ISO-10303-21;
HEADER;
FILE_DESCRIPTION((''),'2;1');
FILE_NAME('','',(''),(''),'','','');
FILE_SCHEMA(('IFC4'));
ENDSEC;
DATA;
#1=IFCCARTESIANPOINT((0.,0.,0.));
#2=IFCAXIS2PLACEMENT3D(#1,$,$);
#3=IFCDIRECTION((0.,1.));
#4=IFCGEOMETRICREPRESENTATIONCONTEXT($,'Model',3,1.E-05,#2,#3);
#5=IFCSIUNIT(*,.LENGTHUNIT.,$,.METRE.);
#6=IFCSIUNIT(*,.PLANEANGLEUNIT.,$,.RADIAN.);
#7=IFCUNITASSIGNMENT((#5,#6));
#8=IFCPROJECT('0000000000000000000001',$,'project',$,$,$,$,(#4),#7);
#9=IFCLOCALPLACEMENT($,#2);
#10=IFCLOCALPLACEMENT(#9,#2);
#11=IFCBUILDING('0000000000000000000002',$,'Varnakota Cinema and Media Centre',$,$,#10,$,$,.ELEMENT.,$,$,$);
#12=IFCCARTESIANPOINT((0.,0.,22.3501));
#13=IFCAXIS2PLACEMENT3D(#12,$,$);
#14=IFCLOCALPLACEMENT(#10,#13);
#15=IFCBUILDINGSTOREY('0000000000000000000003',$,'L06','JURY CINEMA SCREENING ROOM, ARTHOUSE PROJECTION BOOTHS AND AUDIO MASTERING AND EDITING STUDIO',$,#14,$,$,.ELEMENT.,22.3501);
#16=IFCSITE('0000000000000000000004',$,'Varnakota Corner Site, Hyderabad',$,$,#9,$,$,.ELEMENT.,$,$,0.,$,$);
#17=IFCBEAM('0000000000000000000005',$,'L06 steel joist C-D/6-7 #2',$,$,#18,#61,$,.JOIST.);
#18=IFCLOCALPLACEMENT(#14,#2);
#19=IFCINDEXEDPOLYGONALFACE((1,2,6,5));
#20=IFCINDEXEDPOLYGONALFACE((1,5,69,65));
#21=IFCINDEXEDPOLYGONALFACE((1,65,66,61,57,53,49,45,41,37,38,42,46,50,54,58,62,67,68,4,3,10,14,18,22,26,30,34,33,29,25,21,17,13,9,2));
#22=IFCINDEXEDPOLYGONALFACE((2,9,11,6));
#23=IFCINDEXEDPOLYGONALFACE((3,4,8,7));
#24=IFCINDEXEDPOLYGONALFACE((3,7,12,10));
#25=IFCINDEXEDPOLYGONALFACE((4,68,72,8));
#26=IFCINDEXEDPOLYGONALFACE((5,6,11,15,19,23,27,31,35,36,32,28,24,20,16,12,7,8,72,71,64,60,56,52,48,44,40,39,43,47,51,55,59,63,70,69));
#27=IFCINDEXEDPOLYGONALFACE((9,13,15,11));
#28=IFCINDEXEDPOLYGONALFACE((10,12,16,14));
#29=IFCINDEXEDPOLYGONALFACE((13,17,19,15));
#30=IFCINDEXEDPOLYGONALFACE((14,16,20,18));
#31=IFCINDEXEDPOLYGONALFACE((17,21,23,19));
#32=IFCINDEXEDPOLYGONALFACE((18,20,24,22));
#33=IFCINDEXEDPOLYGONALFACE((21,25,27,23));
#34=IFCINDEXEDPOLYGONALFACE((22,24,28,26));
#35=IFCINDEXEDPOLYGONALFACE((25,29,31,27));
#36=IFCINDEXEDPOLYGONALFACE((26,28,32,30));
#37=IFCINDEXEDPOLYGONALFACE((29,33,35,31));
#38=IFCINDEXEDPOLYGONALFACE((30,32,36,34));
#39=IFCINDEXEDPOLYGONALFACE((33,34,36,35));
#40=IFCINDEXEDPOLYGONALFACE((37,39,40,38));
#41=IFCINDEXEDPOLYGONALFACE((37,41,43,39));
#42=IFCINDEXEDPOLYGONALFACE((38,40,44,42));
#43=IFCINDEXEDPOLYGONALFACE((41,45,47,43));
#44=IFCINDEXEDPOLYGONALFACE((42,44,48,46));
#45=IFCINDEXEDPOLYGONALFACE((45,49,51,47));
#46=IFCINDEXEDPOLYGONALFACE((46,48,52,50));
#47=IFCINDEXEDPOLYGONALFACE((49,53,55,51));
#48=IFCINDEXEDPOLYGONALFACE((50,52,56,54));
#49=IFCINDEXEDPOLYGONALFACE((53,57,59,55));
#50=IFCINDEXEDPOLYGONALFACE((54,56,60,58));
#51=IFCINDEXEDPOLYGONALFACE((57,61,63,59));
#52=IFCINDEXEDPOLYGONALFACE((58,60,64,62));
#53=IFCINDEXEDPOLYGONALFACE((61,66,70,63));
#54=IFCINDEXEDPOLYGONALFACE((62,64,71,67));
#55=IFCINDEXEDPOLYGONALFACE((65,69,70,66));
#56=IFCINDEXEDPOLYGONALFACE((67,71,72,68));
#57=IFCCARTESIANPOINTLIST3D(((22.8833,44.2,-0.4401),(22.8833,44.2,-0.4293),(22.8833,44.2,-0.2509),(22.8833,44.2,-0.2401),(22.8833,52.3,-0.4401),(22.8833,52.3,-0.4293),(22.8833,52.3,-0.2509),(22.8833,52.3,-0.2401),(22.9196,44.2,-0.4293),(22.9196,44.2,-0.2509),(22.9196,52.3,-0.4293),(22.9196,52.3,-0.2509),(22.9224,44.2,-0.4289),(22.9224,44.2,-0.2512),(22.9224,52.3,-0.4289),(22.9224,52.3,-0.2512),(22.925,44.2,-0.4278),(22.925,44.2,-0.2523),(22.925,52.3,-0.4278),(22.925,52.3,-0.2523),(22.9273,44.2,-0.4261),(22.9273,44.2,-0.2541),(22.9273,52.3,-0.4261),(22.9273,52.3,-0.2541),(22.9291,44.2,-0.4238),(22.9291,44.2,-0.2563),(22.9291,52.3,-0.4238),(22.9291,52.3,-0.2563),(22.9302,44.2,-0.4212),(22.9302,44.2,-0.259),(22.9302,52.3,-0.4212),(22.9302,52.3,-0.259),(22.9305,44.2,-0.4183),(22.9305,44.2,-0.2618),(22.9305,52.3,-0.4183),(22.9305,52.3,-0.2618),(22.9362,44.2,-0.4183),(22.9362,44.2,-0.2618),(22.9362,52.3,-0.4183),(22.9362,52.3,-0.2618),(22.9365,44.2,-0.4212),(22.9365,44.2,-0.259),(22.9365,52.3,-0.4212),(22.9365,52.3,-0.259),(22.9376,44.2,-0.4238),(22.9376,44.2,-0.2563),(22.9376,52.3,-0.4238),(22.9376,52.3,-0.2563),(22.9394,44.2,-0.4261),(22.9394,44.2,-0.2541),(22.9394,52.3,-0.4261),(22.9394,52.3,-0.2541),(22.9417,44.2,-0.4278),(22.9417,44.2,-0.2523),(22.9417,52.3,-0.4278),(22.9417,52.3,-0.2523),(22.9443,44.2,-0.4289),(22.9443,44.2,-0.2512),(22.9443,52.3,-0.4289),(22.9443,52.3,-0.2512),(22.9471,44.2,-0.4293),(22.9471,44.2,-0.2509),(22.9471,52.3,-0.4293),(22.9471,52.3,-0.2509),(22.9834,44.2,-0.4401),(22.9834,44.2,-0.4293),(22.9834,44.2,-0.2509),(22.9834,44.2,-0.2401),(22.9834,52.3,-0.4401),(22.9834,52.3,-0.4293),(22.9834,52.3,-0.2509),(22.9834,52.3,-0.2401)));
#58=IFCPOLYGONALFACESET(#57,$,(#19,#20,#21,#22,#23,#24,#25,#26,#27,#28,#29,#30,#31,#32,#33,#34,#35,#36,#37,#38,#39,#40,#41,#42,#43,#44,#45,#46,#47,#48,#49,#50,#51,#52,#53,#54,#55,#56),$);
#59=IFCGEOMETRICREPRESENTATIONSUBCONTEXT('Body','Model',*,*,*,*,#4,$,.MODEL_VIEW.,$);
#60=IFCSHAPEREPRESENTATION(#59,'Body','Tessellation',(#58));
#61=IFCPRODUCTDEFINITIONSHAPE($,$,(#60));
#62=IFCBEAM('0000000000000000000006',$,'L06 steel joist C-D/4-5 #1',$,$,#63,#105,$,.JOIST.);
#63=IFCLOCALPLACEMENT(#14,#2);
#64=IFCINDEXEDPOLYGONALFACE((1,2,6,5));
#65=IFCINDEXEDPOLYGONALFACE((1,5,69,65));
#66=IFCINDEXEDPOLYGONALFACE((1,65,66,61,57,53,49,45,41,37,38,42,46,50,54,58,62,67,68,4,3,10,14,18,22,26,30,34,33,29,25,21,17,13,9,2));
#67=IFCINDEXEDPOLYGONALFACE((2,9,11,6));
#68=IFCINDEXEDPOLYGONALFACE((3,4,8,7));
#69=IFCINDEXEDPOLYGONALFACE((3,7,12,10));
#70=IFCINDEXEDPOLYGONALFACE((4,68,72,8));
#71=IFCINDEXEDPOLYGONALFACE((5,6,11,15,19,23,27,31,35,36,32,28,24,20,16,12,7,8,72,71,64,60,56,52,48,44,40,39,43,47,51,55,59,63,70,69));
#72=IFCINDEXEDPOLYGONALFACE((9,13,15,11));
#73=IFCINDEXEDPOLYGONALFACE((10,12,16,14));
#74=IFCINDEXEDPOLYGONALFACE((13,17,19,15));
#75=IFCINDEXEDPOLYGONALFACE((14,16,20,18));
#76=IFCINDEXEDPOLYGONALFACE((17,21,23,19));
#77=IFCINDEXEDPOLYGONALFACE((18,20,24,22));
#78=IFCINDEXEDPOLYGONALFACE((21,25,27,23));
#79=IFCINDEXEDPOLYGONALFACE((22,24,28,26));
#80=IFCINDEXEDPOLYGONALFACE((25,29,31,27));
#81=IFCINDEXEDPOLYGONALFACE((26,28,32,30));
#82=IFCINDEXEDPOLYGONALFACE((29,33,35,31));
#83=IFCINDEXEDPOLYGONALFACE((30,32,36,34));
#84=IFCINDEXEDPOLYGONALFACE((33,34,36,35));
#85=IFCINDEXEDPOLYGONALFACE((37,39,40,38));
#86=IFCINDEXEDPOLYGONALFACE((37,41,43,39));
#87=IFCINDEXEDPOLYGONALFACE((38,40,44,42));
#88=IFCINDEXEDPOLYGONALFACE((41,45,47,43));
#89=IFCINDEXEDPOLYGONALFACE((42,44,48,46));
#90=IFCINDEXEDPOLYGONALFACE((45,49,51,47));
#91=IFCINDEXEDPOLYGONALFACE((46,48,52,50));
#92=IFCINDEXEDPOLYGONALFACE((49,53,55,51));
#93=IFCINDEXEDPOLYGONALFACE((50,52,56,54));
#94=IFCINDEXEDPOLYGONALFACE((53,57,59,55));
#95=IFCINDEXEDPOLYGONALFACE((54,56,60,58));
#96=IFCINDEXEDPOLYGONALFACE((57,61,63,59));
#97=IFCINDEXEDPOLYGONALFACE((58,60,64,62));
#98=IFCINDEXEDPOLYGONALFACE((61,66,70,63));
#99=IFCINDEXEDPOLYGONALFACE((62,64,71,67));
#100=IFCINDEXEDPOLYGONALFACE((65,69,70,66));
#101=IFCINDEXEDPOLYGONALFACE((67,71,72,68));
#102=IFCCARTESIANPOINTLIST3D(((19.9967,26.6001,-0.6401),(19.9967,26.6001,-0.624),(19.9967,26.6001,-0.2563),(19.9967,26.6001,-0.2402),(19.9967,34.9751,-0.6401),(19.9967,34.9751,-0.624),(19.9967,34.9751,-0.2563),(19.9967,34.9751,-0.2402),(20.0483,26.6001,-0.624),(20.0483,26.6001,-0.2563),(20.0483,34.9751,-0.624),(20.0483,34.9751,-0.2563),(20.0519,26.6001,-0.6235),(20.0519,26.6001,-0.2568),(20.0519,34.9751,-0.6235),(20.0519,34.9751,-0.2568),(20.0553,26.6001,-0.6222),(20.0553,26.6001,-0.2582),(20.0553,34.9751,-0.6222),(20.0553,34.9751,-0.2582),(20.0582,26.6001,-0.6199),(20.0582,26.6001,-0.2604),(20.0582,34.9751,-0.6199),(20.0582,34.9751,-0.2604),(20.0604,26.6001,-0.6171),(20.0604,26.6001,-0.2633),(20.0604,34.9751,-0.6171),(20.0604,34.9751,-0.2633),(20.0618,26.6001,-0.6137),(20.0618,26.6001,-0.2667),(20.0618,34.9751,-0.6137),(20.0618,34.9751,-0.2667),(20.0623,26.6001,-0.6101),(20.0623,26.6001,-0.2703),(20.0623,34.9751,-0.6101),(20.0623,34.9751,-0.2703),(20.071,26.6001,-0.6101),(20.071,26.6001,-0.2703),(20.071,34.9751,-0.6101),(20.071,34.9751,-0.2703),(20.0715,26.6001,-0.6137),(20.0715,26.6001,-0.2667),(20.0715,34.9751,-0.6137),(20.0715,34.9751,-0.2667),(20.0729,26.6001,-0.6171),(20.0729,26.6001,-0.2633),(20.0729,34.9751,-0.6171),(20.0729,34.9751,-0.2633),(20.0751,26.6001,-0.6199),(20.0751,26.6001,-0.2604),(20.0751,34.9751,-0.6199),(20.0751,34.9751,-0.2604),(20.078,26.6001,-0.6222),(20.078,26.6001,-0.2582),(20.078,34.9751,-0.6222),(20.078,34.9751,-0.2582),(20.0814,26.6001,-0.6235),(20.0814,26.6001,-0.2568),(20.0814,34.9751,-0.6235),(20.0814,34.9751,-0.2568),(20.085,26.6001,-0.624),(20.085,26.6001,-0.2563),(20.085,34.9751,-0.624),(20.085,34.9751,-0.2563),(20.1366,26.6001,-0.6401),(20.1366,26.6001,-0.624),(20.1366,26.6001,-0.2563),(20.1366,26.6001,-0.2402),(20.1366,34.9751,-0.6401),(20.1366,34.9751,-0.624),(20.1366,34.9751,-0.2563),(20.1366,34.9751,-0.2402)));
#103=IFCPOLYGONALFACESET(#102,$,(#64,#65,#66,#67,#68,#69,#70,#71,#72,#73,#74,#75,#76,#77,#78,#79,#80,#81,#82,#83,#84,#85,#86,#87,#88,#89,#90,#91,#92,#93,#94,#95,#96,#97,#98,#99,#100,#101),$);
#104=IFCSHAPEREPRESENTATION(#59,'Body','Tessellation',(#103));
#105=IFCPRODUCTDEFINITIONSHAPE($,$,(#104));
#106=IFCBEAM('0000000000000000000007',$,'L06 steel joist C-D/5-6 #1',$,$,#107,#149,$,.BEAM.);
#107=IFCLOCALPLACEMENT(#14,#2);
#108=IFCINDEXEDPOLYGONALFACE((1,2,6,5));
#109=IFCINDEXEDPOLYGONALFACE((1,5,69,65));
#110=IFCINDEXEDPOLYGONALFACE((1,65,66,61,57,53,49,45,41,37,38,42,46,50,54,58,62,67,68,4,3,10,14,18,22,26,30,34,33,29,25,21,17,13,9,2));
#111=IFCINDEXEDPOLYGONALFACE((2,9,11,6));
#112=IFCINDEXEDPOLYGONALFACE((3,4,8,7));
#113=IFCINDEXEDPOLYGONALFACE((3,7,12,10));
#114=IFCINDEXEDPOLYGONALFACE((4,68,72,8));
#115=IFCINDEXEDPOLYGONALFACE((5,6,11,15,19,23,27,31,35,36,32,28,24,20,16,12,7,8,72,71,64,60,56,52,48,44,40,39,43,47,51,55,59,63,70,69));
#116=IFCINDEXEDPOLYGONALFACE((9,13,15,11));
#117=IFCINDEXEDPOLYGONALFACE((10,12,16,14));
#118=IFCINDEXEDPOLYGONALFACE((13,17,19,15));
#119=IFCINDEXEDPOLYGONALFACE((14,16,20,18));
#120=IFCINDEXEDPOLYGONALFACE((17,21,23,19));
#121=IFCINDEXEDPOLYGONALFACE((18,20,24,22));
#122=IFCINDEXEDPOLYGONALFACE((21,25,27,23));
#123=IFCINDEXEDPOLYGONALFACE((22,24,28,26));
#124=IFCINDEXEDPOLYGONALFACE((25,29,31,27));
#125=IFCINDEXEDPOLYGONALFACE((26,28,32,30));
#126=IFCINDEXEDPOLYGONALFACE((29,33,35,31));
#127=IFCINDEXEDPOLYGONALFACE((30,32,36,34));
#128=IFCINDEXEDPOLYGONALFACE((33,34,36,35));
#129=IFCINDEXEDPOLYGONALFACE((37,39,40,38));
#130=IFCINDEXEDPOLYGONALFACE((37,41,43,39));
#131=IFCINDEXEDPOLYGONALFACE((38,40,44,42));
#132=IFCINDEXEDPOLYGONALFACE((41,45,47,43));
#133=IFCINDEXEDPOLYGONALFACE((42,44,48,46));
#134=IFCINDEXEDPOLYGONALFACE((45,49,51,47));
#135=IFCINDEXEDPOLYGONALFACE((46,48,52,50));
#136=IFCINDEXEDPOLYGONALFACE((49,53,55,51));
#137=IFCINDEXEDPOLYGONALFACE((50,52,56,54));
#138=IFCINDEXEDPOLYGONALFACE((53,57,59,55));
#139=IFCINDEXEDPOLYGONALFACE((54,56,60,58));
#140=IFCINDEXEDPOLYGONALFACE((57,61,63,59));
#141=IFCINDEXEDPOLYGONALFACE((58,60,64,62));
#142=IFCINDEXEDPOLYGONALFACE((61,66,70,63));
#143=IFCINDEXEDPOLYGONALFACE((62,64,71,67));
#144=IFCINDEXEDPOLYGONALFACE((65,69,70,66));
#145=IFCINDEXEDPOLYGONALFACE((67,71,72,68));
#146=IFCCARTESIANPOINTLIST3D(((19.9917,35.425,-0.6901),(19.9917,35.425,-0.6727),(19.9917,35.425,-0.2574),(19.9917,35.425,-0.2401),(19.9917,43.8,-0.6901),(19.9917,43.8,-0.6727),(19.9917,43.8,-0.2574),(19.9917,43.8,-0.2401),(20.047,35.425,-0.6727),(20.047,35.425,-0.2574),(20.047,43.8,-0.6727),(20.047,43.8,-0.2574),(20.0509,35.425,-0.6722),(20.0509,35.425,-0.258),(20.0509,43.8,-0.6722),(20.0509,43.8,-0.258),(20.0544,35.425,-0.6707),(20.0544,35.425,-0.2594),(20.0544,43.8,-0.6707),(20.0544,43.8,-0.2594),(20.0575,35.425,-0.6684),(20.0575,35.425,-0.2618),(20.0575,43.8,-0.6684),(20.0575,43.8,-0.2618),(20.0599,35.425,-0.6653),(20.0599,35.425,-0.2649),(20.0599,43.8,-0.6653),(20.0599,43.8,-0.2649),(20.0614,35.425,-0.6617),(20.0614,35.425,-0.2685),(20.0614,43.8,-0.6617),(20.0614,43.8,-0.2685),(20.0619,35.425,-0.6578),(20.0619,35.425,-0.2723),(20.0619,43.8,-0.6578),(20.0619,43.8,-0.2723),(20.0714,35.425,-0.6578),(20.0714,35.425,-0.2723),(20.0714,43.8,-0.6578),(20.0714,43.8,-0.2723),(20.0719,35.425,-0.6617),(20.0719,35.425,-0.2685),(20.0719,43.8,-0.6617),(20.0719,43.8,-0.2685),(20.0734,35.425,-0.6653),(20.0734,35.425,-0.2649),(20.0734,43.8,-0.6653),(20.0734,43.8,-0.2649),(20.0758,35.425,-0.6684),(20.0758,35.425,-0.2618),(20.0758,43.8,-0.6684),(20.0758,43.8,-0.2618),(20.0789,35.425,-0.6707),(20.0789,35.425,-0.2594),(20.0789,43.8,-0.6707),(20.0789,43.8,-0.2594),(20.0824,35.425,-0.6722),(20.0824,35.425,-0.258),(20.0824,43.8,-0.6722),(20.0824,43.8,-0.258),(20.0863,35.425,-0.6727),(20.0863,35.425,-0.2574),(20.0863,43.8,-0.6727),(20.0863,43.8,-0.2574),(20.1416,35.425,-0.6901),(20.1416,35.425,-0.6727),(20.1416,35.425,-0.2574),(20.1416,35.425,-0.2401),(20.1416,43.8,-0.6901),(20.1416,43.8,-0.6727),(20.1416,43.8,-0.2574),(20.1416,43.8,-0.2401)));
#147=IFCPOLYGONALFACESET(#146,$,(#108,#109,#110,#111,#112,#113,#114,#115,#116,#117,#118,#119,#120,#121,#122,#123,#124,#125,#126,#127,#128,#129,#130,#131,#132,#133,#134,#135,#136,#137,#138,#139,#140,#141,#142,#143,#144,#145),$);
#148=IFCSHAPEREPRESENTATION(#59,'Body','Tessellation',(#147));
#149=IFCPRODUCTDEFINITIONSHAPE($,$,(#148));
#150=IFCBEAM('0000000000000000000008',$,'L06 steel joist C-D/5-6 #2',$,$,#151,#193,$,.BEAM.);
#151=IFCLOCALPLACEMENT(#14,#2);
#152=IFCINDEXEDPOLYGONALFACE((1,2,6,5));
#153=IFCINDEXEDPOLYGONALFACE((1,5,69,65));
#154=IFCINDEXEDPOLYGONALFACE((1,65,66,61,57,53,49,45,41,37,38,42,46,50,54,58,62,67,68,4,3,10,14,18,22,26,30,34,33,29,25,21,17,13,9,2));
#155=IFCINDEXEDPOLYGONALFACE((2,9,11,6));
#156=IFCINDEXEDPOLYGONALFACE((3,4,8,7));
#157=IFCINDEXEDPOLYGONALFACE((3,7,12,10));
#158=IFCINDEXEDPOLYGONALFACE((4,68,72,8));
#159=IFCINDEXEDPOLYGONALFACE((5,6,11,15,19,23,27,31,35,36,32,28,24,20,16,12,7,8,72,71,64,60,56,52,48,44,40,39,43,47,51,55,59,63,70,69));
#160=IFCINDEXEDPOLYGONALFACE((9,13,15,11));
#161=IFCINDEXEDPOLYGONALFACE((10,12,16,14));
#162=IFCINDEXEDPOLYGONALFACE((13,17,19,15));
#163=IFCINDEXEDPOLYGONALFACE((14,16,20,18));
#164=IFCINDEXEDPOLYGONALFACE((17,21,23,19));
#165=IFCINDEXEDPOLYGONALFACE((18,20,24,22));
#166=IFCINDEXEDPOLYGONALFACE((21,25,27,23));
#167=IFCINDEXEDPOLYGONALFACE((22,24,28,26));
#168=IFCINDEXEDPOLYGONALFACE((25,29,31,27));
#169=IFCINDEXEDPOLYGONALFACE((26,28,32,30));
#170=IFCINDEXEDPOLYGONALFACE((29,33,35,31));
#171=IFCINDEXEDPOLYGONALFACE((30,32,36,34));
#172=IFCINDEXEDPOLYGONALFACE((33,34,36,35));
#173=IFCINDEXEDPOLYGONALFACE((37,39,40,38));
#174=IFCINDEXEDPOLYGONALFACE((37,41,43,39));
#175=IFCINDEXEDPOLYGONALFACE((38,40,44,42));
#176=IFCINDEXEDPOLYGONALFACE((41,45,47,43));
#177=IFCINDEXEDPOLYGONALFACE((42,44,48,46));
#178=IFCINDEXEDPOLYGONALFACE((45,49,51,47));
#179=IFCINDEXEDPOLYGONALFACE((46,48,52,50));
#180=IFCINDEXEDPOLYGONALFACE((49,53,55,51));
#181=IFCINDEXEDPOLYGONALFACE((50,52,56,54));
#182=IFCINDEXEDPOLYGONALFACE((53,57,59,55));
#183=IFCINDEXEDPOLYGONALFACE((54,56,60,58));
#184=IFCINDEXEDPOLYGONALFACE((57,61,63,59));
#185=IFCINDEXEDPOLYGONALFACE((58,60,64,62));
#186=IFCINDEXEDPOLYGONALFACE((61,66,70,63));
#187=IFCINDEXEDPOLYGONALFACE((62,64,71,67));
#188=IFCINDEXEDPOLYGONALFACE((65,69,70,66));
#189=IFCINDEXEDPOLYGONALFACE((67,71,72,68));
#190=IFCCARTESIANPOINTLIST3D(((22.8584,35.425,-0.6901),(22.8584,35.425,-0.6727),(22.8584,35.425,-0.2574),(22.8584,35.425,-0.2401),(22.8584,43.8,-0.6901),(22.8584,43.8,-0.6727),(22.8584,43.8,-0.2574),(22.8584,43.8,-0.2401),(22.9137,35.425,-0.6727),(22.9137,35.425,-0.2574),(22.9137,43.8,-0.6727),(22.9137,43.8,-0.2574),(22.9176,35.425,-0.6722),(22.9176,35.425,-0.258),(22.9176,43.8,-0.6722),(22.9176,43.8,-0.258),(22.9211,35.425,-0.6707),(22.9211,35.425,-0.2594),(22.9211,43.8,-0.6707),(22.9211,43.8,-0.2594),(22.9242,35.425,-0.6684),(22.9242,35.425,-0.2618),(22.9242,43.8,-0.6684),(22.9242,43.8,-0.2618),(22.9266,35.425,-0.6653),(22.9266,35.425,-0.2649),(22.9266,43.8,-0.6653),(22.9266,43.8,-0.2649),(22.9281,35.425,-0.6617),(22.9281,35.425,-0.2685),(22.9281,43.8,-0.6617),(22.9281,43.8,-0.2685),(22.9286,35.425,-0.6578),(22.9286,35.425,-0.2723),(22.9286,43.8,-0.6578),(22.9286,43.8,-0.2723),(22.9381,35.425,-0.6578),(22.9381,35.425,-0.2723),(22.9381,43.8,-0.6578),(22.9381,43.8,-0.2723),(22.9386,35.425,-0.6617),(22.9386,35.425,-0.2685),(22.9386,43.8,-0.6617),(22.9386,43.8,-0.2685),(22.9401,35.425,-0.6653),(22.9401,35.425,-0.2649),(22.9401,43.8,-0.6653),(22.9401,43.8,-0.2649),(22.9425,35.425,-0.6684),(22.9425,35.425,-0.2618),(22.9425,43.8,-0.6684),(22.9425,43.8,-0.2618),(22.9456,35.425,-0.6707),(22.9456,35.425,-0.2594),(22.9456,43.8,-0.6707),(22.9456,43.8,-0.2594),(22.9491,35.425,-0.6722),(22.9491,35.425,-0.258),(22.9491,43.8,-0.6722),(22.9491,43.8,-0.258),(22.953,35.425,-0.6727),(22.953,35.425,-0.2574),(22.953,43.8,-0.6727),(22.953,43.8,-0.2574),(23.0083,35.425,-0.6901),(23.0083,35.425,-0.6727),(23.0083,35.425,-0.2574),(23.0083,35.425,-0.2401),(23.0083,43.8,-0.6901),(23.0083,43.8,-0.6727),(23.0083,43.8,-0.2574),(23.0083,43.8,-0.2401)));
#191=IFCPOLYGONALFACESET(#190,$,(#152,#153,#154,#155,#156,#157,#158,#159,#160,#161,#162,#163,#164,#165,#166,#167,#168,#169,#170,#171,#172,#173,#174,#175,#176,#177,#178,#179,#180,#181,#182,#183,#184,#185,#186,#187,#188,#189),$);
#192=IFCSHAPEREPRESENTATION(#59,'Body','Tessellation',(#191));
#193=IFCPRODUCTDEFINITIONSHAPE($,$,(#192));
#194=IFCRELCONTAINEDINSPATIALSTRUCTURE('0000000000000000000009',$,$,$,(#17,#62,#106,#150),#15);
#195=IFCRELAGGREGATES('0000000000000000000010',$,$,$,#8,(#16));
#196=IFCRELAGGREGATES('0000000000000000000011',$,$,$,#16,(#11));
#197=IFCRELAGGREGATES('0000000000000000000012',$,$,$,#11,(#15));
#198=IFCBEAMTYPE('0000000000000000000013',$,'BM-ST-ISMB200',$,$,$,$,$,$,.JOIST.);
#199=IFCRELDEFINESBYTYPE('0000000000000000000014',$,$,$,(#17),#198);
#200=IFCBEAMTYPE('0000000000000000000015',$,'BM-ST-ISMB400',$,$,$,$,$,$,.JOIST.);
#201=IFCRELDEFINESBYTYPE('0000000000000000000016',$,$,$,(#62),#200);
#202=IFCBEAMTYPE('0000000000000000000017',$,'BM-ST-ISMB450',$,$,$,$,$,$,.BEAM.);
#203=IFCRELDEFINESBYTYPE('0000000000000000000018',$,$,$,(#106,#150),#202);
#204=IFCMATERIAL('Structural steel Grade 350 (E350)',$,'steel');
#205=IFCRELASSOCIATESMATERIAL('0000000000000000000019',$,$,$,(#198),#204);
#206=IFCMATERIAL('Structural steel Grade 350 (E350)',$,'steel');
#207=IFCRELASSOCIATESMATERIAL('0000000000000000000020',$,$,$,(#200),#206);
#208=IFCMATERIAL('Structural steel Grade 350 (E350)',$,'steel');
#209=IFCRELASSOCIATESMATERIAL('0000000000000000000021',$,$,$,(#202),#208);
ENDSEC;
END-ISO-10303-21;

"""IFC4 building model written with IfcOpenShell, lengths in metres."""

from ifc_helpers import new_model, si_unit, direction, frame, origin, origin_2d, place, context, subcontext, project, spatial, i_section, extrude, material, material_profile, profile_set, type_object, element, save


model = new_model("IFC4")

# Units and contexts
model_context = context("Model", 3, precision=1e-05, world=origin(), true_north=direction((0.0, 1.0)))
body_context = subcontext(model_context, "Body", "Model", "MODEL_VIEW")
ifc_project = project(units=[si_unit("LENGTHUNIT", "METRE"), si_unit("PLANEANGLEUNIT", "RADIAN")], contexts=[model_context])

# Site, building, storey
site_placement = place(None, origin())
site = spatial("IfcSite", under=ifc_project, at=site_placement, Name="Varnakota Corner Site, Hyderabad", CompositionType="ELEMENT", RefElevation=0.0)
building_placement = place(site_placement, origin())
building = spatial("IfcBuilding", under=site, at=building_placement, Name="Varnakota Cinema and Media Centre", CompositionType="ELEMENT")
storey_placement = place(building_placement, frame((0.0, 0.0, 22.3501)))
storey = spatial("IfcBuildingStorey", under=building, at=storey_placement, Name="L06", Description="JURY CINEMA SCREENING ROOM, ARTHOUSE PROJECTION BOOTHS AND AUDIO MASTERING AND EDITING STUDIO", CompositionType="ELEMENT", Elevation=22.3501)

# Beams
ifc_material_1 = material(Name="Structural steel Grade 350 (E350)", Category="steel")
ifc_material_profile_1 = material_profile(ifc_material_1, i_section(OverallWidth=0.1001, OverallDepth=0.2, WebThickness=0.0056, FlangeThickness=0.0107, FilletRadius=0.011, at=origin_2d()), Name="ISMB 200")
ifc_profile_set_1 = profile_set([ifc_material_profile_1], Name="Structural steel Grade 350 (E350)")
beam_type_1 = type_object("IfcBeamType", Name="BM-ST-ISMB200", PredefinedType="JOIST", material=ifc_profile_set_1)
for number, where, z_axis, x_axis, name in (
    (1, (22.9333, 44.2, -0.3401), (0.0, 1.0, 0.0), (-1.0, 0.0, 0.0), "L06 steel joist C-D/6-7 #2"),
):
    element("IfcBeam", number, at=place(storey_placement, frame(where, z_axis=z_axis, x_axis=x_axis)), inside=storey, type_object=beam_type_1, Name=name, PredefinedType="JOIST", context=body_context, shape_type="SweptSolid", body=[
        extrude(i_section(OverallWidth=0.1001, OverallDepth=0.2, WebThickness=0.0056, FlangeThickness=0.0107, FilletRadius=0.011, at=origin_2d()), origin(), (0.0, 0.0, 1.0), 8.1001),
    ])
ifc_material_2 = material(Name="Structural steel Grade 350 (E350)", Category="steel")
ifc_material_profile_2 = material_profile(ifc_material_2, i_section(OverallWidth=0.1399, OverallDepth=0.3999, WebThickness=0.0088, FlangeThickness=0.0161, FilletRadius=0.0139, at=origin_2d()), Name="ISMB 400")
ifc_profile_set_2 = profile_set([ifc_material_profile_2], Name="Structural steel Grade 350 (E350)")
beam_type_2 = type_object("IfcBeamType", Name="BM-ST-ISMB400", PredefinedType="JOIST", material=ifc_profile_set_2)
beam_1_placement = place(storey_placement, frame((20.0667, 26.6001, -0.4402), z_axis=(0.0, 1.0, 0.0), x_axis=(-1.0, 0.0, 0.0)))
element("IfcBeam", 2, at=beam_1_placement, inside=storey, type_object=beam_type_2, Name="L06 steel joist C-D/4-5 #1", PredefinedType="JOIST", context=body_context, shape_type="SweptSolid", body=[
    extrude(i_section(OverallWidth=0.1399, OverallDepth=0.3999, WebThickness=0.0088, FlangeThickness=0.0161, FilletRadius=0.0139, at=origin_2d()), origin(), (0.0, 0.0, 1.0), 8.375),
])
ifc_material_3 = material(Name="Structural steel Grade 350 (E350)", Category="steel")
ifc_material_profile_3 = material_profile(ifc_material_3, i_section(OverallWidth=0.1499, OverallDepth=0.45, WebThickness=0.0095, FlangeThickness=0.0173, FilletRadius=0.0149, at=origin_2d()), Name="ISMB 450")
ifc_profile_set_3 = profile_set([ifc_material_profile_3], Name="Structural steel Grade 350 (E350)")
beam_type_3 = type_object("IfcBeamType", Name="BM-ST-ISMB450", PredefinedType="BEAM", material=ifc_profile_set_3)
for number, where, z_axis, x_axis, name in (
    (3, (20.0667, 35.425, -0.4651), (0.0, 1.0, 0.0), (-1.0, 0.0, 0.0), "L06 steel joist C-D/5-6 #1"),
    (4, (22.9333, 35.425, -0.4651), (0.0, 1.0, 0.0), (-1.0, 0.0, 0.0), "L06 steel joist C-D/5-6 #2"),
):
    element("IfcBeam", number, at=place(storey_placement, frame(where, z_axis=z_axis, x_axis=x_axis)), inside=storey, type_object=beam_type_3, Name=name, PredefinedType="BEAM", context=body_context, shape_type="SweptSolid", body=[
        extrude(i_section(OverallWidth=0.1499, OverallDepth=0.45, WebThickness=0.0095, FlangeThickness=0.0173, FilletRadius=0.0149, at=origin_2d()), origin(), (0.0, 0.0, 1.0), 8.375),
    ])

save(model, "model.ifc")
